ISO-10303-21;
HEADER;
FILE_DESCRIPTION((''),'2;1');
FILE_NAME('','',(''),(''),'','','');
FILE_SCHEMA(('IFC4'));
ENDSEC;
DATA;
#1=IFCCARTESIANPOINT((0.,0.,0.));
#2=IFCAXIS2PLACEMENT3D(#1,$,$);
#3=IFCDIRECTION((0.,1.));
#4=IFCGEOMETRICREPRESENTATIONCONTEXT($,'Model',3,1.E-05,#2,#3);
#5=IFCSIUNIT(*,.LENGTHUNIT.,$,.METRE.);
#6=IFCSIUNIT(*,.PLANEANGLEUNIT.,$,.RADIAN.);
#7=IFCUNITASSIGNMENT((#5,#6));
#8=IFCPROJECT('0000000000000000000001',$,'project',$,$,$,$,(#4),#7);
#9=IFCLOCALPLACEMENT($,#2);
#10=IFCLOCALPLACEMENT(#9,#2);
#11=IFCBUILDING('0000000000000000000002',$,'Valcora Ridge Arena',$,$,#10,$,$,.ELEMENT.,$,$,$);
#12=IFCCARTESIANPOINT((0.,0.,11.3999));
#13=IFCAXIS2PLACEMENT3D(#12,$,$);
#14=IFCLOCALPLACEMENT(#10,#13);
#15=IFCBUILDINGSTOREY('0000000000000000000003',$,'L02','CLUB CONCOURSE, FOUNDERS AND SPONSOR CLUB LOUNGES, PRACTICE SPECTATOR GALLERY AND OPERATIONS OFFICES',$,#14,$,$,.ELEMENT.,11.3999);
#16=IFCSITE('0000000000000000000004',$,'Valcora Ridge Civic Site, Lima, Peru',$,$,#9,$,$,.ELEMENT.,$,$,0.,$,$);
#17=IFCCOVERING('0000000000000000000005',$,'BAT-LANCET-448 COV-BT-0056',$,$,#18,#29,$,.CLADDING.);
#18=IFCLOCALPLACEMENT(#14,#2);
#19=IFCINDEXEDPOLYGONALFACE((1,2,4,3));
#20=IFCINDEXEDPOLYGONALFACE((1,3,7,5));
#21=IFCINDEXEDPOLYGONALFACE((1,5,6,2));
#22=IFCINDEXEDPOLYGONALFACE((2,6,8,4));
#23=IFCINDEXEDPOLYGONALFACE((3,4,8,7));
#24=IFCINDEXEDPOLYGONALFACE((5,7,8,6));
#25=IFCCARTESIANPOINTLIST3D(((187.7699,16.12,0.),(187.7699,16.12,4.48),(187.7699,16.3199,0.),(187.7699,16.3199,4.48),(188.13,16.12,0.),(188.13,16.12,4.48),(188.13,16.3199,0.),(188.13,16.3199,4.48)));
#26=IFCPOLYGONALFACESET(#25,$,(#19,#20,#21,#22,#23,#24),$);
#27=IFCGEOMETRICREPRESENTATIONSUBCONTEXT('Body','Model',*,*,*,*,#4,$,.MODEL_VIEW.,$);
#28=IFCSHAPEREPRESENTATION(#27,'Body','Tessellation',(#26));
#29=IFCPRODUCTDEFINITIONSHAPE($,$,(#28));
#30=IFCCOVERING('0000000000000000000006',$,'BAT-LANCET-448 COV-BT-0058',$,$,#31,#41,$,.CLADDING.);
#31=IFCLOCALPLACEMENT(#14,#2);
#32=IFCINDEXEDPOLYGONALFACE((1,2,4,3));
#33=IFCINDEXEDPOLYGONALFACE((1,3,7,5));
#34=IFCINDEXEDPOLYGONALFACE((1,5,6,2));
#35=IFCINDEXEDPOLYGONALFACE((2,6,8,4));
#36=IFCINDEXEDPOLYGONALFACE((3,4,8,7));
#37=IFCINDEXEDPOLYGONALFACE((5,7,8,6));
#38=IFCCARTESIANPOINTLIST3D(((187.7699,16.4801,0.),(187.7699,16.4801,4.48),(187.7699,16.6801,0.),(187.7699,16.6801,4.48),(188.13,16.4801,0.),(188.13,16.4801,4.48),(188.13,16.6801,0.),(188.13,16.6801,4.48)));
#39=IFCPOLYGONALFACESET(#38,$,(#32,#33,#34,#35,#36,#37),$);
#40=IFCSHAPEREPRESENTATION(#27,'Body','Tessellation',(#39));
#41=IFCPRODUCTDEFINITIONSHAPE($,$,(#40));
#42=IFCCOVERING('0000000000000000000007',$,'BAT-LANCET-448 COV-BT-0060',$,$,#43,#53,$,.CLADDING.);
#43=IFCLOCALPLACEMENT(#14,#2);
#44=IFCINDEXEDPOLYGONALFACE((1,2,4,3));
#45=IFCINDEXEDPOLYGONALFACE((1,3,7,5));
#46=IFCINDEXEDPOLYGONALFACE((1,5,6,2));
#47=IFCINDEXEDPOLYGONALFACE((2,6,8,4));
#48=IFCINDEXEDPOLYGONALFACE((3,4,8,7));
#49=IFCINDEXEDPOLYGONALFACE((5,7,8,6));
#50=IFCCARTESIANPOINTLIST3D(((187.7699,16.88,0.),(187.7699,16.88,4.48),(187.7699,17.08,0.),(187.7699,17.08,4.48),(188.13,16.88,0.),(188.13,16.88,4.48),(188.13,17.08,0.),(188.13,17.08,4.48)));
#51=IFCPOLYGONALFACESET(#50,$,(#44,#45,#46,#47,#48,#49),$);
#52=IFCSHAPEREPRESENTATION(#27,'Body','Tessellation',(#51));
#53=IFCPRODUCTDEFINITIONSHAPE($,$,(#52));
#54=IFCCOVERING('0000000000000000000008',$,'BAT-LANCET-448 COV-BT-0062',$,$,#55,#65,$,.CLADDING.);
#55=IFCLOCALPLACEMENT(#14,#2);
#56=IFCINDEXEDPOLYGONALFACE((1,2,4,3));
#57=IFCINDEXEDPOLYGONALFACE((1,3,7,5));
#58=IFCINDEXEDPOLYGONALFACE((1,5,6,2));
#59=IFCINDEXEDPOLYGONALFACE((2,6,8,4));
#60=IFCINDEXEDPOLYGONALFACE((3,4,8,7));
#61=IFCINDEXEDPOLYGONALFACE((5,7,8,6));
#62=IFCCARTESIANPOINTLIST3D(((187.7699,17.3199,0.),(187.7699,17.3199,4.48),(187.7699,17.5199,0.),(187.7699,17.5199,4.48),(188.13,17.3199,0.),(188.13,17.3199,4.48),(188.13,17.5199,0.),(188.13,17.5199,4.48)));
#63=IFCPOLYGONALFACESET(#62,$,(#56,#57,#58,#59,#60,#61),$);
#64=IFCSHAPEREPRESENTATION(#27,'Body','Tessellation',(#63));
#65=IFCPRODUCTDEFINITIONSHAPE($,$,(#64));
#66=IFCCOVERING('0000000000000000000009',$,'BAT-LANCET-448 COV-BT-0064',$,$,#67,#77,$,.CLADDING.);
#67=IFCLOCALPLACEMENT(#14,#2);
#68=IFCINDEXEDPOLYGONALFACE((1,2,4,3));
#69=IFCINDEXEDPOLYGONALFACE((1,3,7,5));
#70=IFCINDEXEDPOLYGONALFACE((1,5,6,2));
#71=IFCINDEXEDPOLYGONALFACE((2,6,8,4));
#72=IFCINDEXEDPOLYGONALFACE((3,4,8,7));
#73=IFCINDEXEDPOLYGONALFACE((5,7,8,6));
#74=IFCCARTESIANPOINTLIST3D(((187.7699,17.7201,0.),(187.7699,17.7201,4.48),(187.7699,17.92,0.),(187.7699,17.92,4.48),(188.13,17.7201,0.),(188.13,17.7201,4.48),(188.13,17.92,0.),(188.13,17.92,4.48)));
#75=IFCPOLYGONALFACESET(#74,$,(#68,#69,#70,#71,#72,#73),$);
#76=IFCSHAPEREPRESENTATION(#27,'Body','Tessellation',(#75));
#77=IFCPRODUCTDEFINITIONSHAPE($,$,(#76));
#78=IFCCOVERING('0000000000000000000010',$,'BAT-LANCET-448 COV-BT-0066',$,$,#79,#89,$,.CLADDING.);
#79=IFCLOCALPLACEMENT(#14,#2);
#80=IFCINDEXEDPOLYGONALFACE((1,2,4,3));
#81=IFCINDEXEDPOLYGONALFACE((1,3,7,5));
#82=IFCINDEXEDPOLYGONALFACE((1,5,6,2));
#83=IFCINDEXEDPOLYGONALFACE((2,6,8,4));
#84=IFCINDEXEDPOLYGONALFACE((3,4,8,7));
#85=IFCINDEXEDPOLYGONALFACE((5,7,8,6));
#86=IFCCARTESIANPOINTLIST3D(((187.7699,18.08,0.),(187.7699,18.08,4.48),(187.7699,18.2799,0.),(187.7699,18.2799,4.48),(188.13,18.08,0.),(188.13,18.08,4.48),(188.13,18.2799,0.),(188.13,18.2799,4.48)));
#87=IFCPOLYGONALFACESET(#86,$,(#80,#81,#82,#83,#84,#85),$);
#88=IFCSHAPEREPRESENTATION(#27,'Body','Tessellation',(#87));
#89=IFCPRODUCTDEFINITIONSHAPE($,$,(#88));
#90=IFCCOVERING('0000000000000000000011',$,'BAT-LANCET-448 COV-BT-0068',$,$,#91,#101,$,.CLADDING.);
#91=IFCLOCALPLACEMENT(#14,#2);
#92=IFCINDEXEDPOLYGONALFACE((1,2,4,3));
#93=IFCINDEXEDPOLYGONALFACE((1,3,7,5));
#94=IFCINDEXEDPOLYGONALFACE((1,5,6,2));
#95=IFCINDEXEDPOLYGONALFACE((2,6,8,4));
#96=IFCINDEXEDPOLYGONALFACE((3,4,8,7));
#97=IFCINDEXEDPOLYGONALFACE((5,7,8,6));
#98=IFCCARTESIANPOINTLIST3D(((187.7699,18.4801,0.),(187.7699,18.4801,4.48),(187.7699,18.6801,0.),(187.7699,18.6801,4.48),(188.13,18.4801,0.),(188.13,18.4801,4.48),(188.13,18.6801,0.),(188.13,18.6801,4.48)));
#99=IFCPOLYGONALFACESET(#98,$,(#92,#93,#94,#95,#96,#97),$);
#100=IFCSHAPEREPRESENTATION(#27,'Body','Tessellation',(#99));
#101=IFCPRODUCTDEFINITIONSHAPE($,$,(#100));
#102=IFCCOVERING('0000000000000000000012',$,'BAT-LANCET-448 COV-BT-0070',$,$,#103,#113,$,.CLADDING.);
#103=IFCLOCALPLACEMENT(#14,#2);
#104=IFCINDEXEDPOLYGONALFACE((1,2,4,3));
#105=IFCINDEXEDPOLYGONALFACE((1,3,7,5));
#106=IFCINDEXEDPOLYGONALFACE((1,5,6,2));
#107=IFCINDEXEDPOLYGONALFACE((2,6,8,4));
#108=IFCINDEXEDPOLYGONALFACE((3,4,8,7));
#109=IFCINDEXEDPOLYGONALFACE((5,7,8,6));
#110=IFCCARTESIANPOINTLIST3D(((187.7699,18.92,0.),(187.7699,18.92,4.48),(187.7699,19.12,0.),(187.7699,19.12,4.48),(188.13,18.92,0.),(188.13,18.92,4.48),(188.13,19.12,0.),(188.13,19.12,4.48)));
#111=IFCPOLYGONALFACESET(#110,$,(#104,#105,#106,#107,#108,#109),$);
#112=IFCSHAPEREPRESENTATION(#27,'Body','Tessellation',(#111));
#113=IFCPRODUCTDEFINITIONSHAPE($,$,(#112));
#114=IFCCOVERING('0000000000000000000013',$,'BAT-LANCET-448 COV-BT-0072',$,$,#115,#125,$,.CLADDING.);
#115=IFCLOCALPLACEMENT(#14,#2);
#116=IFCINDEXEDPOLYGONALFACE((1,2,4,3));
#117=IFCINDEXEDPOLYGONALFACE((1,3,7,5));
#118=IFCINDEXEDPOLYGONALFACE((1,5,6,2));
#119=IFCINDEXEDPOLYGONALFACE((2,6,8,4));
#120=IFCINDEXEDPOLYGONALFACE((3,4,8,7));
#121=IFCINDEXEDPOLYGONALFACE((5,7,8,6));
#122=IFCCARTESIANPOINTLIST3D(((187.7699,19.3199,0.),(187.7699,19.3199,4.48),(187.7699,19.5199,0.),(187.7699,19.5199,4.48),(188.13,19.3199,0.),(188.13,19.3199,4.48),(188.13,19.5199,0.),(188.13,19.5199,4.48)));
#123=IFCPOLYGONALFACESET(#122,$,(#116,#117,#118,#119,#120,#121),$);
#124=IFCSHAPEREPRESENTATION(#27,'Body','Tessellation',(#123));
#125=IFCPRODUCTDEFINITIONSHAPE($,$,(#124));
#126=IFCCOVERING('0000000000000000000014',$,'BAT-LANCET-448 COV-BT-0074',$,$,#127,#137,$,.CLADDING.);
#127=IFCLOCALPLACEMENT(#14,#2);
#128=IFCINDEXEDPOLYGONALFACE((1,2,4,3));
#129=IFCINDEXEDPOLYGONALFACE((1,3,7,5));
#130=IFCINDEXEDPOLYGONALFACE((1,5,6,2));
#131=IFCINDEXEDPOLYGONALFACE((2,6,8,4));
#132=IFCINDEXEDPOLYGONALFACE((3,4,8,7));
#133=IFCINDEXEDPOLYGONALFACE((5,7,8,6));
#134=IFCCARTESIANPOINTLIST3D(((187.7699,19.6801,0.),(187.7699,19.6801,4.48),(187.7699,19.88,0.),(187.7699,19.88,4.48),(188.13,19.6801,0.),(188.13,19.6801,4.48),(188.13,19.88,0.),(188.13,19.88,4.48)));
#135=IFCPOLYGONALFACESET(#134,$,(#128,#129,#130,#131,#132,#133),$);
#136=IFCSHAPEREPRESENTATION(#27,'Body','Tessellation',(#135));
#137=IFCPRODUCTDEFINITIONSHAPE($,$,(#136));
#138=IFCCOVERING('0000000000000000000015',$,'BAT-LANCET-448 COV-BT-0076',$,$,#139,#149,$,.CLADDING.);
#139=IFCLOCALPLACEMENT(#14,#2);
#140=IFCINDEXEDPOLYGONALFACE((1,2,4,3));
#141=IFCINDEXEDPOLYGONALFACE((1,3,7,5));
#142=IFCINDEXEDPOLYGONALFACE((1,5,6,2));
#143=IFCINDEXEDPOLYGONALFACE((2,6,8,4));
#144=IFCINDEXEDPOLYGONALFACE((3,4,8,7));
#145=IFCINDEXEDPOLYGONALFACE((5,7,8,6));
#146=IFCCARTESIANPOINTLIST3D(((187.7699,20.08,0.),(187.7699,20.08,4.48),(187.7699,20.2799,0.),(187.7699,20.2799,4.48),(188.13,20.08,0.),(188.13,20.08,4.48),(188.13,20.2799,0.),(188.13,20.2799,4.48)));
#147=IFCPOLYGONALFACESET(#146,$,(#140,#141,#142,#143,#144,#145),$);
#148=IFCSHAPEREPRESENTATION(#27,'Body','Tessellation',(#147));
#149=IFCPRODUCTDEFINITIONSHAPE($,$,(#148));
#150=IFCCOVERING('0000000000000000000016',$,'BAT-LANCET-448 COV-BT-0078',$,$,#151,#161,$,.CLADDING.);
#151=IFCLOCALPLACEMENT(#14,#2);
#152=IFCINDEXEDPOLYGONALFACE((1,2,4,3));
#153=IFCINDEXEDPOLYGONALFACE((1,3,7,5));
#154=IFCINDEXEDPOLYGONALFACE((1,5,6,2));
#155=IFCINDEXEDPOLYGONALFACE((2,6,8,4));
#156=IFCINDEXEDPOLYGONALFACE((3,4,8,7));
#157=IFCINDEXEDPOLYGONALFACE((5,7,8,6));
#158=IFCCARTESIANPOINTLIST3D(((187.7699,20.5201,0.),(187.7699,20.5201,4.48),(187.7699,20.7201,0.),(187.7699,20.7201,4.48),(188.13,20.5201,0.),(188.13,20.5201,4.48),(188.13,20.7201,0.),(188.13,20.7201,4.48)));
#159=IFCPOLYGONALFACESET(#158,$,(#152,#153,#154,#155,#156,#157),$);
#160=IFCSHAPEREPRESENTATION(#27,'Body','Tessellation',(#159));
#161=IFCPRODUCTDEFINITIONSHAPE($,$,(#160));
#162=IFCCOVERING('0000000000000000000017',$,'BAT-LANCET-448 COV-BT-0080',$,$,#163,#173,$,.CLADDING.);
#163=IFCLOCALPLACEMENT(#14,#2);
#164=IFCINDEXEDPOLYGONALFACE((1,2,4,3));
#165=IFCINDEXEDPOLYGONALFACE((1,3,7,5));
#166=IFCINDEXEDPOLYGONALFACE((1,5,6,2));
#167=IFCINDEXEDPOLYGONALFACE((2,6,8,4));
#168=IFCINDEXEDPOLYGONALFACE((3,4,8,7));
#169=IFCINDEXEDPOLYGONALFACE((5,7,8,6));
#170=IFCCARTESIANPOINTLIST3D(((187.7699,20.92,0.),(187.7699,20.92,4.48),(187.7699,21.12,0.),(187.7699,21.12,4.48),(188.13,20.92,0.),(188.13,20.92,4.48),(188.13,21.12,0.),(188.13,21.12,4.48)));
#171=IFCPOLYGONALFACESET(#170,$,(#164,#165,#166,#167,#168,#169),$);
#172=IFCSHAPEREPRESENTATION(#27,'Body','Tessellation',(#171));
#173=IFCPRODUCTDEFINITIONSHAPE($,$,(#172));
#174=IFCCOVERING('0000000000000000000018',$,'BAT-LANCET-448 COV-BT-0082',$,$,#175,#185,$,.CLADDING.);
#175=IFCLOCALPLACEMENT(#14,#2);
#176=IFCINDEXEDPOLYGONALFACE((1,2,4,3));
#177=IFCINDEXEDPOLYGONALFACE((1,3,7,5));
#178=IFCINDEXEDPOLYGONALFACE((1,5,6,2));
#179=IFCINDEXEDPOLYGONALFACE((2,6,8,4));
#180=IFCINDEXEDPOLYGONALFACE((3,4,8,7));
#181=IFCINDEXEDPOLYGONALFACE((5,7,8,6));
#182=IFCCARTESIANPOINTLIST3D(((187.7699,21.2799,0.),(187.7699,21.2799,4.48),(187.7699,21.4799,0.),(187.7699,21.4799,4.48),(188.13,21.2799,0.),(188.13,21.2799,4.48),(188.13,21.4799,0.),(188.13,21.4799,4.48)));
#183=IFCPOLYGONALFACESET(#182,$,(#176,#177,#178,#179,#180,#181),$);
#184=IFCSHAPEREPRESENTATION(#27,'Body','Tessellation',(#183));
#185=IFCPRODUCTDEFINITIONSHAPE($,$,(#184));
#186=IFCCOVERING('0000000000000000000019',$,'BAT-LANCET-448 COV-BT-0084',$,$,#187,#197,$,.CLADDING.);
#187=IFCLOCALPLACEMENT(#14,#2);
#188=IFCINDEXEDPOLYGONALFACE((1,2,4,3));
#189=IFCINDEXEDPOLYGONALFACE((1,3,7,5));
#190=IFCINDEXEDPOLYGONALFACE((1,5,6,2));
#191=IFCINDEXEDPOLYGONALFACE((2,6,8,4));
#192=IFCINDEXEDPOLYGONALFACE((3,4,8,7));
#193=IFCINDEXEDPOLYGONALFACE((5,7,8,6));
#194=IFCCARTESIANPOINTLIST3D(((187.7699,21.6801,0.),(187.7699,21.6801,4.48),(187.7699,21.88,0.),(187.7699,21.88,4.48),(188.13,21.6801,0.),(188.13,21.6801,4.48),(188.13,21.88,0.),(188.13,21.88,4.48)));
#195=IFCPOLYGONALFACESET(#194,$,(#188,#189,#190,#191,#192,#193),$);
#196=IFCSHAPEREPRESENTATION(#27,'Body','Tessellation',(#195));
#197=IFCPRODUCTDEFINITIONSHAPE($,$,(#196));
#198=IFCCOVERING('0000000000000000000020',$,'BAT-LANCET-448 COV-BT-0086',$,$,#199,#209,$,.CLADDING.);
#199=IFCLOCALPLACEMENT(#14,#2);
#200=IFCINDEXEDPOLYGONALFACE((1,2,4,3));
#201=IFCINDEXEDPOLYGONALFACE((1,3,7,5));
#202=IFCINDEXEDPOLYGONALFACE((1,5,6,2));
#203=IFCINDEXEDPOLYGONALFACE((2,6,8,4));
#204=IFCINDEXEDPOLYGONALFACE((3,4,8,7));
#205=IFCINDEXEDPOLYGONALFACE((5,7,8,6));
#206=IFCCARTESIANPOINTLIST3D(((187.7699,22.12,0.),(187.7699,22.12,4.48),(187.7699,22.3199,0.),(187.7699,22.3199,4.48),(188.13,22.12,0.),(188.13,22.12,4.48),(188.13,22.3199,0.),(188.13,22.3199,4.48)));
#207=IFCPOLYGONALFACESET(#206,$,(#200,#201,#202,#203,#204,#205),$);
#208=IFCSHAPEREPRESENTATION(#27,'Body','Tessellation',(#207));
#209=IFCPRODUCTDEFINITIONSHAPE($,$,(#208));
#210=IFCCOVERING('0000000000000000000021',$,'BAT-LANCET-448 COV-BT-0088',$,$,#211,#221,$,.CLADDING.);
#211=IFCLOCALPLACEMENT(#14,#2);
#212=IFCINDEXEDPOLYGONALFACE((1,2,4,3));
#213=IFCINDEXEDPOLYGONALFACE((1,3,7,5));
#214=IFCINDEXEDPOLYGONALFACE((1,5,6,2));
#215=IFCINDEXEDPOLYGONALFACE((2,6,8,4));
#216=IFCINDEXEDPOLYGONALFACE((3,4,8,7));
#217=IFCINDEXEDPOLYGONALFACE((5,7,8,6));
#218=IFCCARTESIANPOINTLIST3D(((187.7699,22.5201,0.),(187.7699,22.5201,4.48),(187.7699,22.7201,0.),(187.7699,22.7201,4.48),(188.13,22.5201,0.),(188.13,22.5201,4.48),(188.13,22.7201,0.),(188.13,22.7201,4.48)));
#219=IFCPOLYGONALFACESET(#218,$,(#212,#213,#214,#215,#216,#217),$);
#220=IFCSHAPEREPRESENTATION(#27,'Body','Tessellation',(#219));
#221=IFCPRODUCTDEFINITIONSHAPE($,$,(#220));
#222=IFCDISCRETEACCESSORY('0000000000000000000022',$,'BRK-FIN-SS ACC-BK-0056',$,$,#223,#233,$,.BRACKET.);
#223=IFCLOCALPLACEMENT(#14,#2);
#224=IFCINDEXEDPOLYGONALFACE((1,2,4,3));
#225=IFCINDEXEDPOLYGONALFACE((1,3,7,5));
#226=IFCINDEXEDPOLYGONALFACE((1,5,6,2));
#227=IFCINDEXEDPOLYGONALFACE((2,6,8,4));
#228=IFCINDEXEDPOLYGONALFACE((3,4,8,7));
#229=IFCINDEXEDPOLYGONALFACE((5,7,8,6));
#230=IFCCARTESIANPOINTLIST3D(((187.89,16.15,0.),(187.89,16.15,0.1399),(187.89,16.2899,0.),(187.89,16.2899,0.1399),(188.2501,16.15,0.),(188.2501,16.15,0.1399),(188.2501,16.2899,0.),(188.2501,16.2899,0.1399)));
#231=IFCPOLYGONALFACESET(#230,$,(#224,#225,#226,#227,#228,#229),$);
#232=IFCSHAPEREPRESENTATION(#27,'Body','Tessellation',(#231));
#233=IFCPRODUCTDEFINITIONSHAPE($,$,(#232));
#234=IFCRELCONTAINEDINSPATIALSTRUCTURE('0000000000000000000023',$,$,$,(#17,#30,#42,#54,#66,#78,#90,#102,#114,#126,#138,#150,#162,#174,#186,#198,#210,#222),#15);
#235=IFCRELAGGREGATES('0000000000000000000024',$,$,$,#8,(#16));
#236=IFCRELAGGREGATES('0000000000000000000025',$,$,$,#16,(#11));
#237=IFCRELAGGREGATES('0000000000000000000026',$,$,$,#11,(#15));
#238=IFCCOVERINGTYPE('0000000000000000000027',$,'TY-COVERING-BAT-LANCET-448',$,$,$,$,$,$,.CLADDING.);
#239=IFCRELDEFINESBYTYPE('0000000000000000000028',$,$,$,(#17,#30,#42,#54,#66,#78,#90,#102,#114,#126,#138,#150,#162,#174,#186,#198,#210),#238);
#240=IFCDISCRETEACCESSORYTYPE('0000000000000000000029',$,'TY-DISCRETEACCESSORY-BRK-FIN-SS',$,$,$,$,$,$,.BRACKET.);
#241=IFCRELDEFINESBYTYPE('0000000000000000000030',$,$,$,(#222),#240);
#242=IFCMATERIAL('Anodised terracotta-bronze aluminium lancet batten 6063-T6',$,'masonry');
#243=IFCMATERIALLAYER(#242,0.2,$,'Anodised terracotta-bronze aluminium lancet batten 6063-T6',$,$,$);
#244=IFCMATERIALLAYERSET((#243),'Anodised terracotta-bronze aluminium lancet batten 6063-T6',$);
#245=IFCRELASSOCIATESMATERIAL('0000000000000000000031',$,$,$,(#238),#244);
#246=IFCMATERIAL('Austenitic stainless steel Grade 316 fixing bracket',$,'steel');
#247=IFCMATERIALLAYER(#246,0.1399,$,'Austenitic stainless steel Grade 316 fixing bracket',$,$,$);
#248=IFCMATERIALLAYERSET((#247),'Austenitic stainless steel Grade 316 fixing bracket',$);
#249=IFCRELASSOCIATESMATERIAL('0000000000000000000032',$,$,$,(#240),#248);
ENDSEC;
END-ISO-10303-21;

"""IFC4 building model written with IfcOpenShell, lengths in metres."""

from ifc_helpers import new_model, si_unit, direction, frame, origin, origin_2d, place, context, subcontext, project, spatial, rectangle, extrude, material, layer, layer_set, type_object, element, save


model = new_model("IFC4")

# Units and contexts
model_context = context("Model", 3, precision=1e-05, world=origin(), true_north=direction((0.0, 1.0)))
body_context = subcontext(model_context, "Body", "Model", "MODEL_VIEW")
ifc_project = project(units=[si_unit("LENGTHUNIT", "METRE"), si_unit("PLANEANGLEUNIT", "RADIAN")], contexts=[model_context])

# Site, building, storey
site_placement = place(None, origin())
site = spatial("IfcSite", under=ifc_project, at=site_placement, Name="Valcora Ridge Civic Site, Lima, Peru", CompositionType="ELEMENT", RefElevation=0.0)
building_placement = place(site_placement, origin())
building = spatial("IfcBuilding", under=site, at=building_placement, Name="Valcora Ridge Arena", CompositionType="ELEMENT")
storey_placement = place(building_placement, frame((0.0, 0.0, 11.3999)))
storey = spatial("IfcBuildingStorey", under=building, at=storey_placement, Name="L02", Description="CLUB CONCOURSE, FOUNDERS AND SPONSOR CLUB LOUNGES, PRACTICE SPECTATOR GALLERY AND OPERATIONS OFFICES", CompositionType="ELEMENT", Elevation=11.3999)

# Coverings
ifc_material_1 = material(Name="Anodised terracotta-bronze aluminium lancet batten 6063-T6", Category="masonry")
ifc_layer_1 = layer(ifc_material_1, 0.2, Name="Anodised terracotta-bronze aluminium lancet batten 6063-T6")
ifc_layer_set_1 = layer_set([ifc_layer_1], Name="Anodised terracotta-bronze aluminium lancet batten 6063-T6")
covering_type = type_object("IfcCoveringType", Name="TY-COVERING-BAT-LANCET-448", PredefinedType="CLADDING", material=ifc_layer_set_1)
for number, where, z_axis, x_axis, name in (
    (1, (187.95, 16.22, 0.0), (0.0, 0.0, 1.0), (1.0, 0.0, 0.0), "BAT-LANCET-448 COV-BT-0056"),
    (2, (187.95, 16.5801, 0.0), (0.0, 0.0, 1.0), (1.0, 0.0, 0.0), "BAT-LANCET-448 COV-BT-0058"),
    (3, (187.95, 16.98, 0.0), (0.0, 0.0, 1.0), (1.0, 0.0, 0.0), "BAT-LANCET-448 COV-BT-0060"),
    (4, (187.95, 17.4199, 0.0), (0.0, 0.0, 1.0), (1.0, 0.0, 0.0), "BAT-LANCET-448 COV-BT-0062"),
    (5, (187.95, 17.8201, 0.0), (0.0, 0.0, 1.0), (1.0, 0.0, 0.0), "BAT-LANCET-448 COV-BT-0064"),
    (6, (187.95, 18.1799, 0.0), (0.0, 0.0, 1.0), (1.0, 0.0, 0.0), "BAT-LANCET-448 COV-BT-0066"),
    (7, (187.95, 18.5801, 0.0), (0.0, 0.0, 1.0), (1.0, 0.0, 0.0), "BAT-LANCET-448 COV-BT-0068"),
    (8, (187.95, 19.02, 0.0), (0.0, 0.0, 1.0), (1.0, 0.0, 0.0), "BAT-LANCET-448 COV-BT-0070"),
    (9, (187.95, 19.4199, 0.0), (0.0, 0.0, 1.0), (1.0, 0.0, 0.0), "BAT-LANCET-448 COV-BT-0072"),
    (10, (187.95, 19.78, 0.0), (0.0, 0.0, 1.0), (1.0, 0.0, 0.0), "BAT-LANCET-448 COV-BT-0074"),
    (11, (187.95, 20.1799, 0.0), (0.0, 0.0, 1.0), (1.0, 0.0, 0.0), "BAT-LANCET-448 COV-BT-0076"),
    (12, (187.95, 20.6201, 0.0), (0.0, 0.0, 1.0), (1.0, 0.0, 0.0), "BAT-LANCET-448 COV-BT-0078"),
    (13, (187.95, 21.02, 0.0), (0.0, 0.0, 1.0), (1.0, 0.0, 0.0), "BAT-LANCET-448 COV-BT-0080"),
    (14, (187.95, 21.3799, 0.0), (0.0, 0.0, 1.0), (1.0, 0.0, 0.0), "BAT-LANCET-448 COV-BT-0082"),
    (15, (187.95, 21.78, 0.0), (0.0, 0.0, 1.0), (1.0, 0.0, 0.0), "BAT-LANCET-448 COV-BT-0084"),
    (16, (187.95, 22.22, 0.0), (0.0, 0.0, 1.0), (1.0, 0.0, 0.0), "BAT-LANCET-448 COV-BT-0086"),
    (17, (187.95, 22.6201, 0.0), (0.0, 0.0, 1.0), (1.0, 0.0, 0.0), "BAT-LANCET-448 COV-BT-0088"),
):
    element("IfcCovering", number, at=place(storey_placement, frame(where, z_axis=z_axis, x_axis=x_axis)), inside=storey, type_object=covering_type, Name=name, PredefinedType="CLADDING", context=body_context, shape_type="SweptSolid", body=[
        extrude(rectangle(XDim=0.3601, YDim=0.2, at=origin_2d()), origin(), (0.0, 0.0, 1.0), 4.48),
    ])

# Discrete accessory
ifc_material_2 = material(Name="Austenitic stainless steel Grade 316 fixing bracket", Category="steel")
ifc_layer_2 = layer(ifc_material_2, 0.1399, Name="Austenitic stainless steel Grade 316 fixing bracket")
ifc_layer_set_2 = layer_set([ifc_layer_2], Name="Austenitic stainless steel Grade 316 fixing bracket")
discrete_accessory_type = type_object("IfcDiscreteAccessoryType", Name="TY-DISCRETEACCESSORY-BRK-FIN-SS", PredefinedType="BRACKET", material=ifc_layer_set_2)
discrete_accessory_placement = place(storey_placement, frame((188.0701, 16.22, 0.0), z_axis=(0.0, 0.0, 1.0), x_axis=(1.0, 0.0, 0.0)))
element("IfcDiscreteAccessory", 18, at=discrete_accessory_placement, inside=storey, type_object=discrete_accessory_type, Name="BRK-FIN-SS ACC-BK-0056", PredefinedType="BRACKET", context=body_context, shape_type="SweptSolid", body=[
    extrude(rectangle(XDim=0.3601, YDim=0.1399, at=origin_2d()), origin(), (0.0, 0.0, 1.0), 0.1399),
])

save(model, "model.ifc")
